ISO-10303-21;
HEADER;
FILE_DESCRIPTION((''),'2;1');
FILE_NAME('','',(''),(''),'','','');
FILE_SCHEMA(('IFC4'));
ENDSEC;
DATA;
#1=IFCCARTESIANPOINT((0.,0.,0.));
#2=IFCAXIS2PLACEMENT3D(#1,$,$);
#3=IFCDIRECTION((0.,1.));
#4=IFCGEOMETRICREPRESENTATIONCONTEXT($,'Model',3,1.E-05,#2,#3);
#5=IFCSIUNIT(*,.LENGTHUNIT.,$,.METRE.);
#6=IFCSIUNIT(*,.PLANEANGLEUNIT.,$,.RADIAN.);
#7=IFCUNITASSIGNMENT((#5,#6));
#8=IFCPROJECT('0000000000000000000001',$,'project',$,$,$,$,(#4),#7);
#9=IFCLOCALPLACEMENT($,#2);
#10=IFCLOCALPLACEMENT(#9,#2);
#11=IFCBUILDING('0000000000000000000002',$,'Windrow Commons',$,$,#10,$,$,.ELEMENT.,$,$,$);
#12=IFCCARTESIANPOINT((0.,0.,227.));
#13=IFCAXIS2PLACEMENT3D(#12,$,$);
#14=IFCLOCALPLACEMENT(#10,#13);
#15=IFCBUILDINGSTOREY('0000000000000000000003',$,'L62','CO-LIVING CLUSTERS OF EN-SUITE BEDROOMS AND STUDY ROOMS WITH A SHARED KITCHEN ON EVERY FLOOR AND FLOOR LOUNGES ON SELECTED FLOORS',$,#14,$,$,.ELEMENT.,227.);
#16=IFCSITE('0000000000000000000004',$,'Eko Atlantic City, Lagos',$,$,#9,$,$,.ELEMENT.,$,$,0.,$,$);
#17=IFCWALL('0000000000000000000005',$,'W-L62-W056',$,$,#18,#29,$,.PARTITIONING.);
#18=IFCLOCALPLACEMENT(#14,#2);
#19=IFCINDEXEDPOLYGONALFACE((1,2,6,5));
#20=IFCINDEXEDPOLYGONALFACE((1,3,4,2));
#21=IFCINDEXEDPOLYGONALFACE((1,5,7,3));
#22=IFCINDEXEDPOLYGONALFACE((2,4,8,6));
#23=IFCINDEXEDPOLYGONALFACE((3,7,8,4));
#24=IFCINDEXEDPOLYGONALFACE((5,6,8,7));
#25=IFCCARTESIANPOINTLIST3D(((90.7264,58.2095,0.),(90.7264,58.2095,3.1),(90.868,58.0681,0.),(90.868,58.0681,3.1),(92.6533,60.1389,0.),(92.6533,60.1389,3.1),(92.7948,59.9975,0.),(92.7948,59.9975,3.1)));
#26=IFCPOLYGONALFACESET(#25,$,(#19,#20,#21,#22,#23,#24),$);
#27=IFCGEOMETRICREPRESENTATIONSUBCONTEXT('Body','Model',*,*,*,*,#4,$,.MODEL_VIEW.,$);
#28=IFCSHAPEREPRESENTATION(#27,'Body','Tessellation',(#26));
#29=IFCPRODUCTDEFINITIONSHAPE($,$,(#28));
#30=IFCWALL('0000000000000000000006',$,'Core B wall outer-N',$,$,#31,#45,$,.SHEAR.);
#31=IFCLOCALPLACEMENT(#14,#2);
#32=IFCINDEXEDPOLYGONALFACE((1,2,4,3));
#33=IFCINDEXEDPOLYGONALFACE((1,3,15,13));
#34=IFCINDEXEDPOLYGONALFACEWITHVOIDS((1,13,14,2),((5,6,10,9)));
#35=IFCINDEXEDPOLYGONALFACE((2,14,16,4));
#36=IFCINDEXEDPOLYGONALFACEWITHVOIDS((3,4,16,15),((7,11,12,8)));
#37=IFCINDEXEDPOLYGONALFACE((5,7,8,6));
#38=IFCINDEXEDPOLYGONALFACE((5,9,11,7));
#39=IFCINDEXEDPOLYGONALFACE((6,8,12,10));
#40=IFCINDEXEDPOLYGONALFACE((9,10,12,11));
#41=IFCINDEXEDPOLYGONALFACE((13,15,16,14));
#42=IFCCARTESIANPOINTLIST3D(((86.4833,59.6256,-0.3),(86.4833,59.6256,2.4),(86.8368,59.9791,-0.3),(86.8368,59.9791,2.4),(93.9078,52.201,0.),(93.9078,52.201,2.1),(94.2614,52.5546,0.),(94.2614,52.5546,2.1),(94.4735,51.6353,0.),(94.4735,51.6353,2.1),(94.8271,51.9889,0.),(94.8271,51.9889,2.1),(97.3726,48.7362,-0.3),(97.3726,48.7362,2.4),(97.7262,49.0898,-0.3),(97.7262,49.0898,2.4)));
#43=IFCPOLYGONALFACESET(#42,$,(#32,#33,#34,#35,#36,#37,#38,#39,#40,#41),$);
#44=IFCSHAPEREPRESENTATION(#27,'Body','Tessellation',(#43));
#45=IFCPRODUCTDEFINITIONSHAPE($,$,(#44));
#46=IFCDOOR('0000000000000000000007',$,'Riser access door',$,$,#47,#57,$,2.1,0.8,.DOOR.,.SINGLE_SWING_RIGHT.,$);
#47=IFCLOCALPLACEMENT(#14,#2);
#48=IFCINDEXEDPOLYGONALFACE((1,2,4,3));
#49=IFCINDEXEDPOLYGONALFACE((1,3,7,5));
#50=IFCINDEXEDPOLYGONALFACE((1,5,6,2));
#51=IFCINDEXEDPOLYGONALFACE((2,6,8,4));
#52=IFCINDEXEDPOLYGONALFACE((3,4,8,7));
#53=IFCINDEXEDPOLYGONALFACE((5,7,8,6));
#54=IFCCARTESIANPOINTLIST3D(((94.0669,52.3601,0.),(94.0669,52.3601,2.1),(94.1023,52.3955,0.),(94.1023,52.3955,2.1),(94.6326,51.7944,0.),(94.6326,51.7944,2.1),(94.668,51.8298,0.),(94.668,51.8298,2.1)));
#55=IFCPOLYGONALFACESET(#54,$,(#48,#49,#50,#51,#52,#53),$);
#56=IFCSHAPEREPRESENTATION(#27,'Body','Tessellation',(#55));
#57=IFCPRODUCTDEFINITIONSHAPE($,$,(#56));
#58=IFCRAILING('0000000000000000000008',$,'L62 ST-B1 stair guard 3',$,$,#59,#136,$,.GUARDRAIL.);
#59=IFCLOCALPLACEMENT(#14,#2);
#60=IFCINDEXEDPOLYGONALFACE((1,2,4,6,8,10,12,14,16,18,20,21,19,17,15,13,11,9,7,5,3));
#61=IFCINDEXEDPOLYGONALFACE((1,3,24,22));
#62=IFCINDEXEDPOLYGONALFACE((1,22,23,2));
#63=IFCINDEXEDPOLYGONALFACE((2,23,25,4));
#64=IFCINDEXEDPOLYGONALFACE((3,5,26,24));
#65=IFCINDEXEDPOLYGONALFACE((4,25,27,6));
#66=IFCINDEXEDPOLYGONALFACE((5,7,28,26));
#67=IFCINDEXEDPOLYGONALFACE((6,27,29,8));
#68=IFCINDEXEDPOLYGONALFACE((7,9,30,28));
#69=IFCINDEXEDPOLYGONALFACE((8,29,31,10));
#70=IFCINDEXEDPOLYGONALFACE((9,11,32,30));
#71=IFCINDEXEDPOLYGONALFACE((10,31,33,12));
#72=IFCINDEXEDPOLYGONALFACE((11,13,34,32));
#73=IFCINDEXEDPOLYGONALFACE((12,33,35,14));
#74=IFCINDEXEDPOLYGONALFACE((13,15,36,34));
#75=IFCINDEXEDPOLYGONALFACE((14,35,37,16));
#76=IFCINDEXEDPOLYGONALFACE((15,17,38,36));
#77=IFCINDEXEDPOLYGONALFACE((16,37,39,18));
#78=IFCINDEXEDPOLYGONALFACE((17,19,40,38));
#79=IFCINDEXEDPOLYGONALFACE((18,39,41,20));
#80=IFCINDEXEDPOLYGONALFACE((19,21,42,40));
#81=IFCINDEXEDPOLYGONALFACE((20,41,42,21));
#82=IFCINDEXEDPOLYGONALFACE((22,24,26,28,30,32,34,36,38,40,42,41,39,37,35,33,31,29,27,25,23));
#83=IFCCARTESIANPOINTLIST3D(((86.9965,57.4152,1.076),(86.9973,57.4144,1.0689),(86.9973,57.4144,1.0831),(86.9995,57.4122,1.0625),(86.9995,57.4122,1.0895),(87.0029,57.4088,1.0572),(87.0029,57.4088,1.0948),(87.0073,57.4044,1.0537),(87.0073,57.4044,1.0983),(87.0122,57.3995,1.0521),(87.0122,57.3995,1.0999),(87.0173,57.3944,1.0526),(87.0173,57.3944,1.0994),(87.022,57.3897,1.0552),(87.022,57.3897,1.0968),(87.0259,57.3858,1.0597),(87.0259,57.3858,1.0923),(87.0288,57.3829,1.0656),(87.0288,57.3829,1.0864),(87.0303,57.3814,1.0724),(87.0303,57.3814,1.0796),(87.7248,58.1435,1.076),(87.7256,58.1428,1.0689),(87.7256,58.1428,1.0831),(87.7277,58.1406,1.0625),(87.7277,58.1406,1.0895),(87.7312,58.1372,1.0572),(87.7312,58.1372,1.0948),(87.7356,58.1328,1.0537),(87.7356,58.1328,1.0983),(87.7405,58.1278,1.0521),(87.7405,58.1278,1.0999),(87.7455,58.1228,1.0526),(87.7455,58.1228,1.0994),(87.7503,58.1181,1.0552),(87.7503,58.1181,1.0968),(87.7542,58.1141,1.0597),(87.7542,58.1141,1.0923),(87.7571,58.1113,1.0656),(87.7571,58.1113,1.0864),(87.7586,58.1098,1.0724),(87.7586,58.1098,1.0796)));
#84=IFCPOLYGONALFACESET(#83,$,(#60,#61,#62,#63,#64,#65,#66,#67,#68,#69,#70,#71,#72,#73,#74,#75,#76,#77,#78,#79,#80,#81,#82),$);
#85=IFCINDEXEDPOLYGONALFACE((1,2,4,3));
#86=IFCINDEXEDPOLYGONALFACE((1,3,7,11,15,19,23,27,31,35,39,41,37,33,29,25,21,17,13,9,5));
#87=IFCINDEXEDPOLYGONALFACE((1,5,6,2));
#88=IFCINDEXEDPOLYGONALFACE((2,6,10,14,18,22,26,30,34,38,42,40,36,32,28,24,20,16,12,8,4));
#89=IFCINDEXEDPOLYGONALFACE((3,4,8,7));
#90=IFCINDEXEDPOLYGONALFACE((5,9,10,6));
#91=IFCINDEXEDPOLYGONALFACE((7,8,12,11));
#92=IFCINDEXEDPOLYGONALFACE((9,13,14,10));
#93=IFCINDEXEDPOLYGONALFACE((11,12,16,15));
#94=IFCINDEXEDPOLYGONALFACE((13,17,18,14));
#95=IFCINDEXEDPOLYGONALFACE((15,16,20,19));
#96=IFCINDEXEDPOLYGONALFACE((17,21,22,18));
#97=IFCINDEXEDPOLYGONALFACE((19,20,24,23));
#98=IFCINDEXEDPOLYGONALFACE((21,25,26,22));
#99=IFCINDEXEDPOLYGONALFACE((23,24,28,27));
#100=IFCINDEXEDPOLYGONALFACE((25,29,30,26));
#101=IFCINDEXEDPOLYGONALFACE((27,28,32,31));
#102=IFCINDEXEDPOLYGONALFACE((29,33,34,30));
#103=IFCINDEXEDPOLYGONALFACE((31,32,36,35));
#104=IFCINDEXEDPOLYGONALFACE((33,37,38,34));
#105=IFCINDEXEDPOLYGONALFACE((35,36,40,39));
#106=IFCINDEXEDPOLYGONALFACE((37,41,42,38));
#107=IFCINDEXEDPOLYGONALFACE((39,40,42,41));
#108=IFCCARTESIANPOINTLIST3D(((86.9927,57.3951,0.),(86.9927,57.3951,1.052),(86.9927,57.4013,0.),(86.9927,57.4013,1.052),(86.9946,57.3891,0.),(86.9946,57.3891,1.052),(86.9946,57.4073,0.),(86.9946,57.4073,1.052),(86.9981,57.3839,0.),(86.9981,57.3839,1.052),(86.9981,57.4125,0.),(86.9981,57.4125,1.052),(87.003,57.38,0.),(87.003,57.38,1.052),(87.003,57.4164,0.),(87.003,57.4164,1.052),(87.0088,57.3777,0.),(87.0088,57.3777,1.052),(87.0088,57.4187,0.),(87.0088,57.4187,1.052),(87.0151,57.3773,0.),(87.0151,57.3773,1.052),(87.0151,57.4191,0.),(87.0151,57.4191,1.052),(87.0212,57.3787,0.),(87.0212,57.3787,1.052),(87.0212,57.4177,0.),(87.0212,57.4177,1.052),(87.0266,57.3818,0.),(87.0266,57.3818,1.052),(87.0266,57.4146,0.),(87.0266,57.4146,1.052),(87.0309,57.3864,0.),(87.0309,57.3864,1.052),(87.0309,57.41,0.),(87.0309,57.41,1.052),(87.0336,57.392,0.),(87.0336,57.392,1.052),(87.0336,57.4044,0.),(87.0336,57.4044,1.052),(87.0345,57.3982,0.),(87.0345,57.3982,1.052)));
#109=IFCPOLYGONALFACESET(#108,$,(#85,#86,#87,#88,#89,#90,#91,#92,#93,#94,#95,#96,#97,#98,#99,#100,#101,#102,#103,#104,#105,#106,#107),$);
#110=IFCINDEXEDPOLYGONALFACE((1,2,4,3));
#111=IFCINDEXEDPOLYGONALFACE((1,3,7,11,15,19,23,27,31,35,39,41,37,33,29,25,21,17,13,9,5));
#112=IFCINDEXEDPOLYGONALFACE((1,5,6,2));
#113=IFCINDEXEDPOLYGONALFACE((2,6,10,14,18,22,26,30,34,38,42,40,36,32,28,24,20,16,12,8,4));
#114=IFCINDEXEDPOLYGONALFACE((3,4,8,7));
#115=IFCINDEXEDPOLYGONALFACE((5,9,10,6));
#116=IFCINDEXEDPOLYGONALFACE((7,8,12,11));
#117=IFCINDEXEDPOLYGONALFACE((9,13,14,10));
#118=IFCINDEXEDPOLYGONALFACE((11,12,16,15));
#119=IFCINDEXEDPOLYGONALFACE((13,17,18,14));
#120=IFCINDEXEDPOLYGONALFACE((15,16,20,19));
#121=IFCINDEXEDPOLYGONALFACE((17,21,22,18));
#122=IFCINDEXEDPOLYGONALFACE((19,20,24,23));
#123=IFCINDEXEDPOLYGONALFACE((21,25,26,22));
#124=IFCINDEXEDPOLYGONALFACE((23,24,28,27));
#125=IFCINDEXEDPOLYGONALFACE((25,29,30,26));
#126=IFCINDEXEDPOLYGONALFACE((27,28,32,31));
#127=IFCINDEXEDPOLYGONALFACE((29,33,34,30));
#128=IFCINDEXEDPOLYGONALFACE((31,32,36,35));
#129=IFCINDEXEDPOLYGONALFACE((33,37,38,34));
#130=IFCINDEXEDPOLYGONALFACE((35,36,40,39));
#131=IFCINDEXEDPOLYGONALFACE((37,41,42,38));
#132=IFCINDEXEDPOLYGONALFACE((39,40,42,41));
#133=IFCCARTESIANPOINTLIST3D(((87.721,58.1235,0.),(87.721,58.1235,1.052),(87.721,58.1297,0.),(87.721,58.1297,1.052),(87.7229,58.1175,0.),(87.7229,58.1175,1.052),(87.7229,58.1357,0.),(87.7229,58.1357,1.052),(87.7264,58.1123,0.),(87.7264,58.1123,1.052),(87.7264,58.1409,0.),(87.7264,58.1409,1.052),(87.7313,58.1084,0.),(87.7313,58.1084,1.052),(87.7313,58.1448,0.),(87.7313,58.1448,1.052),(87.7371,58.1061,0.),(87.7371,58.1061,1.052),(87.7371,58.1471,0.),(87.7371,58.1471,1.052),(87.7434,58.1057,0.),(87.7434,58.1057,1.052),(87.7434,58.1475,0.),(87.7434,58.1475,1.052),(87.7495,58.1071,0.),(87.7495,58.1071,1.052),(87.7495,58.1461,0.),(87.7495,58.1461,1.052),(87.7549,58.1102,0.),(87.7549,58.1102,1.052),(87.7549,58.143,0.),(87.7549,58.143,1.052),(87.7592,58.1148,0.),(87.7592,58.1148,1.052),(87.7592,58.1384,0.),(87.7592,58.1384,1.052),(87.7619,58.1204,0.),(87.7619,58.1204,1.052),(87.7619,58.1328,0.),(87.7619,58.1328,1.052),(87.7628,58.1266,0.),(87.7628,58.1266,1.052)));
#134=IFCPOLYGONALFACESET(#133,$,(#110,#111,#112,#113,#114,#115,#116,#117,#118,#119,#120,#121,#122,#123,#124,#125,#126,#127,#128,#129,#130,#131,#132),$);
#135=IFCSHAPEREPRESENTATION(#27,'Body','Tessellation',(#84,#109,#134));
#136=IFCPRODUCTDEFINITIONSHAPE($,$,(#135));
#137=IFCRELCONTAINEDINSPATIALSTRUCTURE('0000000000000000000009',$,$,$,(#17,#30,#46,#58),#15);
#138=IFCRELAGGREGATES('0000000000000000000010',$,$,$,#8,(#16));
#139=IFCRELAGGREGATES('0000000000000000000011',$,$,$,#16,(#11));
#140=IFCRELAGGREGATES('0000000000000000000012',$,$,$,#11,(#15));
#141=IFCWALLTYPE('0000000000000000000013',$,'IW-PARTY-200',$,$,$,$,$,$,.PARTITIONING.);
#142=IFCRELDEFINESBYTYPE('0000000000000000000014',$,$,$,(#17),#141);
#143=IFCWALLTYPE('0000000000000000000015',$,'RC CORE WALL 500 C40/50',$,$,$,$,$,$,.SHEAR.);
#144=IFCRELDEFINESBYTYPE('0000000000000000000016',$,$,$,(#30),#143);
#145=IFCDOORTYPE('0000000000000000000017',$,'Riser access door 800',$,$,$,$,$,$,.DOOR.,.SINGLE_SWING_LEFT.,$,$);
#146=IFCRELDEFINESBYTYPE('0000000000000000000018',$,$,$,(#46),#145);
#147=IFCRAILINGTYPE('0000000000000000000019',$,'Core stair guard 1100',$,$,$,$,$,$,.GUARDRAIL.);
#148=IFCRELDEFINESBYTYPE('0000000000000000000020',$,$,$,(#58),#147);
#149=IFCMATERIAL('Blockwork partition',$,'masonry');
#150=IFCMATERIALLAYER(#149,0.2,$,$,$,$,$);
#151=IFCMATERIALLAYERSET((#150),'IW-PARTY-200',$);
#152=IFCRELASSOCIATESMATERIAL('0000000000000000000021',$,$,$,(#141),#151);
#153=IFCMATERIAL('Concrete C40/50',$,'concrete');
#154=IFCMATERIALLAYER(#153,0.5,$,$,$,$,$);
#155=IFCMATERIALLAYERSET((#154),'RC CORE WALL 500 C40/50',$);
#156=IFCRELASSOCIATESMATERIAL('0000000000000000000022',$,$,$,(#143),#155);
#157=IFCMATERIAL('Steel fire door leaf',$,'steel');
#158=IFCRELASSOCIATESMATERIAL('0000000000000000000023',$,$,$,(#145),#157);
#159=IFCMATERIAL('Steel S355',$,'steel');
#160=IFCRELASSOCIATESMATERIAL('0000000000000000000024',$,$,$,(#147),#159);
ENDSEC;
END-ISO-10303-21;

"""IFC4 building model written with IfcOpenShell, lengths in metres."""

from ifc_helpers import new_model, si_unit, direction, frame, frame_2d, origin, origin_2d, place, context, subcontext, project, spatial, rectangle, circle, extrude, material, layer, layer_set, type_object, element, fill, save


model = new_model("IFC4")

# Units and contexts
model_context = context("Model", 3, precision=1e-05, world=origin(), true_north=direction((0.0, 1.0)))
body_context = subcontext(model_context, "Body", "Model", "MODEL_VIEW")
ifc_project = project(units=[si_unit("LENGTHUNIT", "METRE"), si_unit("PLANEANGLEUNIT", "RADIAN")], contexts=[model_context])

# Site, building, storey
site_placement = place(None, origin())
site = spatial("IfcSite", under=ifc_project, at=site_placement, Name="Eko Atlantic City, Lagos", CompositionType="ELEMENT", RefElevation=0.0)
building_placement = place(site_placement, origin())
building = spatial("IfcBuilding", under=site, at=building_placement, Name="Windrow Commons", CompositionType="ELEMENT")
storey_placement = place(building_placement, frame((0.0, 0.0, 227.0)))
storey = spatial("IfcBuildingStorey", under=building, at=storey_placement, Name="L62", Description="CO-LIVING CLUSTERS OF EN-SUITE BEDROOMS AND STUDY ROOMS WITH A SHARED KITCHEN ON EVERY FLOOR AND FLOOR LOUNGES ON SELECTED FLOORS", CompositionType="ELEMENT", Elevation=227.0)

# Wall
ifc_material_1 = material(Name="Blockwork partition", Category="masonry")
ifc_layer_1 = layer(ifc_material_1, 0.2)
ifc_layer_set_1 = layer_set([ifc_layer_1], Name="IW-PARTY-200")
wall_type_1 = type_object("IfcWallType", Name="IW-PARTY-200", PredefinedType="PARTITIONING", material=ifc_layer_set_1)
wall_1_placement = place(storey_placement, frame((90.7972, 58.1388, 0.0), z_axis=(0.0, 0.0, 1.0), x_axis=(0.706648, 0.707565, 0.0)))
element("IfcWall", 1, at=wall_1_placement, inside=storey, type_object=wall_type_1, Name="W-L62-W056", PredefinedType="PARTITIONING", context=body_context, shape_type="SweptSolid", body=[
    extrude(rectangle(XDim=2.7268, YDim=0.2, at=frame_2d((1.3634, 0.0))), origin(), (0.0, 0.0, 1.0), 3.1),
])

# Wall, opening, door
ifc_material_2 = material(Name="Concrete C40/50", Category="concrete")
ifc_layer_2 = layer(ifc_material_2, 0.5)
ifc_layer_set_2 = layer_set([ifc_layer_2], Name="RC CORE WALL 500 C40/50")
wall_type_2 = type_object("IfcWallType", Name="RC CORE WALL 500 C40/50", PredefinedType="SHEAR", material=ifc_layer_set_2)
wall_2_placement = place(storey_placement, frame((86.66, 59.8024, -0.3), z_axis=(0.0, 0.0, 1.0), x_axis=(0.707107, -0.707107, 0.0)))
wall_2 = element("IfcWall", 2, at=wall_2_placement, inside=storey, type_object=wall_type_2, Name="Core B wall outer-N", PredefinedType="SHEAR", context=body_context, shape_type="SweptSolid", body=[
    extrude(rectangle(XDim=15.3999, YDim=0.5, at=frame_2d((7.7, 0.0))), origin(), (0.0, 0.0, 1.0), 2.7),
])
opening_1_placement = place(wall_2_placement, frame((10.5, 0.0, 0.3)))
opening_1 = element("IfcOpeningElement", 3, at=opening_1_placement, cuts=wall_2, PredefinedType="OPENING", context=body_context, shape_type="SweptSolid", body=[
    extrude(rectangle(XDim=0.8, YDim=2.1, at=frame_2d((0.4, 1.05))), frame((0.0, 0.26, 0.0), z_axis=(0.0, -1.0, 0.0), x_axis=(1.0, 0.0, 0.0)), (0.0, 0.0, 1.0), 0.52),
])
ifc_material_3 = material(Name="Steel fire door leaf", Category="steel")
door_type_1 = type_object("IfcDoorType", Name="Riser access door 800", OperationType="SINGLE_SWING_LEFT", PredefinedType="DOOR", material=ifc_material_3)
door_1_placement = place(opening_1_placement, origin())
door_1 = element("IfcDoor", 4, at=door_1_placement, inside=storey, type_object=door_type_1, Name="Riser access door", OperationType="SINGLE_SWING_RIGHT", OverallHeight=2.1, OverallWidth=0.8, PredefinedType="DOOR", context=body_context, shape_type="SweptSolid", body=[
    extrude(rectangle(XDim=0.8, YDim=2.1, at=frame_2d((0.4, 1.05))), frame((0.0, 0.025, 0.0), z_axis=(0.0, -1.0, 0.0), x_axis=(1.0, 0.0, 0.0)), (0.0, 0.0, 1.0), 0.05),
])
fill(opening_1, door_1)

# Railing
ifc_material_4 = material(Name="Steel S355", Category="steel")
railing_type = type_object("IfcRailingType", Name="Core stair guard 1100", PredefinedType="GUARDRAIL", material=ifc_material_4)
railing_placement = place(storey_placement, frame((87.0135, 57.3982, 0.0)))
element("IfcRailing", 5, at=railing_placement, inside=storey, type_object=railing_type, Name="L62 ST-B1 stair guard 3", PredefinedType="GUARDRAIL", context=body_context, shape_type="SweptSolid", body=[
    extrude(circle(Radius=0.024, at=origin_2d()), frame((0.0, 0.0, 1.076), z_axis=(0.707058, 0.707155, 0.0), x_axis=(-0.707155, 0.707058, 0.0)), (0.0, 0.0, 1.0), 1.03),
    extrude(circle(Radius=0.021, at=origin_2d()), origin(), (0.0, 0.0, 1.0), 1.052),
    extrude(circle(Radius=0.021, at=origin_2d()), frame((0.7283, 0.7284, 0.0)), (0.0, 0.0, 1.0), 1.052),
])

save(model, "model.ifc")
